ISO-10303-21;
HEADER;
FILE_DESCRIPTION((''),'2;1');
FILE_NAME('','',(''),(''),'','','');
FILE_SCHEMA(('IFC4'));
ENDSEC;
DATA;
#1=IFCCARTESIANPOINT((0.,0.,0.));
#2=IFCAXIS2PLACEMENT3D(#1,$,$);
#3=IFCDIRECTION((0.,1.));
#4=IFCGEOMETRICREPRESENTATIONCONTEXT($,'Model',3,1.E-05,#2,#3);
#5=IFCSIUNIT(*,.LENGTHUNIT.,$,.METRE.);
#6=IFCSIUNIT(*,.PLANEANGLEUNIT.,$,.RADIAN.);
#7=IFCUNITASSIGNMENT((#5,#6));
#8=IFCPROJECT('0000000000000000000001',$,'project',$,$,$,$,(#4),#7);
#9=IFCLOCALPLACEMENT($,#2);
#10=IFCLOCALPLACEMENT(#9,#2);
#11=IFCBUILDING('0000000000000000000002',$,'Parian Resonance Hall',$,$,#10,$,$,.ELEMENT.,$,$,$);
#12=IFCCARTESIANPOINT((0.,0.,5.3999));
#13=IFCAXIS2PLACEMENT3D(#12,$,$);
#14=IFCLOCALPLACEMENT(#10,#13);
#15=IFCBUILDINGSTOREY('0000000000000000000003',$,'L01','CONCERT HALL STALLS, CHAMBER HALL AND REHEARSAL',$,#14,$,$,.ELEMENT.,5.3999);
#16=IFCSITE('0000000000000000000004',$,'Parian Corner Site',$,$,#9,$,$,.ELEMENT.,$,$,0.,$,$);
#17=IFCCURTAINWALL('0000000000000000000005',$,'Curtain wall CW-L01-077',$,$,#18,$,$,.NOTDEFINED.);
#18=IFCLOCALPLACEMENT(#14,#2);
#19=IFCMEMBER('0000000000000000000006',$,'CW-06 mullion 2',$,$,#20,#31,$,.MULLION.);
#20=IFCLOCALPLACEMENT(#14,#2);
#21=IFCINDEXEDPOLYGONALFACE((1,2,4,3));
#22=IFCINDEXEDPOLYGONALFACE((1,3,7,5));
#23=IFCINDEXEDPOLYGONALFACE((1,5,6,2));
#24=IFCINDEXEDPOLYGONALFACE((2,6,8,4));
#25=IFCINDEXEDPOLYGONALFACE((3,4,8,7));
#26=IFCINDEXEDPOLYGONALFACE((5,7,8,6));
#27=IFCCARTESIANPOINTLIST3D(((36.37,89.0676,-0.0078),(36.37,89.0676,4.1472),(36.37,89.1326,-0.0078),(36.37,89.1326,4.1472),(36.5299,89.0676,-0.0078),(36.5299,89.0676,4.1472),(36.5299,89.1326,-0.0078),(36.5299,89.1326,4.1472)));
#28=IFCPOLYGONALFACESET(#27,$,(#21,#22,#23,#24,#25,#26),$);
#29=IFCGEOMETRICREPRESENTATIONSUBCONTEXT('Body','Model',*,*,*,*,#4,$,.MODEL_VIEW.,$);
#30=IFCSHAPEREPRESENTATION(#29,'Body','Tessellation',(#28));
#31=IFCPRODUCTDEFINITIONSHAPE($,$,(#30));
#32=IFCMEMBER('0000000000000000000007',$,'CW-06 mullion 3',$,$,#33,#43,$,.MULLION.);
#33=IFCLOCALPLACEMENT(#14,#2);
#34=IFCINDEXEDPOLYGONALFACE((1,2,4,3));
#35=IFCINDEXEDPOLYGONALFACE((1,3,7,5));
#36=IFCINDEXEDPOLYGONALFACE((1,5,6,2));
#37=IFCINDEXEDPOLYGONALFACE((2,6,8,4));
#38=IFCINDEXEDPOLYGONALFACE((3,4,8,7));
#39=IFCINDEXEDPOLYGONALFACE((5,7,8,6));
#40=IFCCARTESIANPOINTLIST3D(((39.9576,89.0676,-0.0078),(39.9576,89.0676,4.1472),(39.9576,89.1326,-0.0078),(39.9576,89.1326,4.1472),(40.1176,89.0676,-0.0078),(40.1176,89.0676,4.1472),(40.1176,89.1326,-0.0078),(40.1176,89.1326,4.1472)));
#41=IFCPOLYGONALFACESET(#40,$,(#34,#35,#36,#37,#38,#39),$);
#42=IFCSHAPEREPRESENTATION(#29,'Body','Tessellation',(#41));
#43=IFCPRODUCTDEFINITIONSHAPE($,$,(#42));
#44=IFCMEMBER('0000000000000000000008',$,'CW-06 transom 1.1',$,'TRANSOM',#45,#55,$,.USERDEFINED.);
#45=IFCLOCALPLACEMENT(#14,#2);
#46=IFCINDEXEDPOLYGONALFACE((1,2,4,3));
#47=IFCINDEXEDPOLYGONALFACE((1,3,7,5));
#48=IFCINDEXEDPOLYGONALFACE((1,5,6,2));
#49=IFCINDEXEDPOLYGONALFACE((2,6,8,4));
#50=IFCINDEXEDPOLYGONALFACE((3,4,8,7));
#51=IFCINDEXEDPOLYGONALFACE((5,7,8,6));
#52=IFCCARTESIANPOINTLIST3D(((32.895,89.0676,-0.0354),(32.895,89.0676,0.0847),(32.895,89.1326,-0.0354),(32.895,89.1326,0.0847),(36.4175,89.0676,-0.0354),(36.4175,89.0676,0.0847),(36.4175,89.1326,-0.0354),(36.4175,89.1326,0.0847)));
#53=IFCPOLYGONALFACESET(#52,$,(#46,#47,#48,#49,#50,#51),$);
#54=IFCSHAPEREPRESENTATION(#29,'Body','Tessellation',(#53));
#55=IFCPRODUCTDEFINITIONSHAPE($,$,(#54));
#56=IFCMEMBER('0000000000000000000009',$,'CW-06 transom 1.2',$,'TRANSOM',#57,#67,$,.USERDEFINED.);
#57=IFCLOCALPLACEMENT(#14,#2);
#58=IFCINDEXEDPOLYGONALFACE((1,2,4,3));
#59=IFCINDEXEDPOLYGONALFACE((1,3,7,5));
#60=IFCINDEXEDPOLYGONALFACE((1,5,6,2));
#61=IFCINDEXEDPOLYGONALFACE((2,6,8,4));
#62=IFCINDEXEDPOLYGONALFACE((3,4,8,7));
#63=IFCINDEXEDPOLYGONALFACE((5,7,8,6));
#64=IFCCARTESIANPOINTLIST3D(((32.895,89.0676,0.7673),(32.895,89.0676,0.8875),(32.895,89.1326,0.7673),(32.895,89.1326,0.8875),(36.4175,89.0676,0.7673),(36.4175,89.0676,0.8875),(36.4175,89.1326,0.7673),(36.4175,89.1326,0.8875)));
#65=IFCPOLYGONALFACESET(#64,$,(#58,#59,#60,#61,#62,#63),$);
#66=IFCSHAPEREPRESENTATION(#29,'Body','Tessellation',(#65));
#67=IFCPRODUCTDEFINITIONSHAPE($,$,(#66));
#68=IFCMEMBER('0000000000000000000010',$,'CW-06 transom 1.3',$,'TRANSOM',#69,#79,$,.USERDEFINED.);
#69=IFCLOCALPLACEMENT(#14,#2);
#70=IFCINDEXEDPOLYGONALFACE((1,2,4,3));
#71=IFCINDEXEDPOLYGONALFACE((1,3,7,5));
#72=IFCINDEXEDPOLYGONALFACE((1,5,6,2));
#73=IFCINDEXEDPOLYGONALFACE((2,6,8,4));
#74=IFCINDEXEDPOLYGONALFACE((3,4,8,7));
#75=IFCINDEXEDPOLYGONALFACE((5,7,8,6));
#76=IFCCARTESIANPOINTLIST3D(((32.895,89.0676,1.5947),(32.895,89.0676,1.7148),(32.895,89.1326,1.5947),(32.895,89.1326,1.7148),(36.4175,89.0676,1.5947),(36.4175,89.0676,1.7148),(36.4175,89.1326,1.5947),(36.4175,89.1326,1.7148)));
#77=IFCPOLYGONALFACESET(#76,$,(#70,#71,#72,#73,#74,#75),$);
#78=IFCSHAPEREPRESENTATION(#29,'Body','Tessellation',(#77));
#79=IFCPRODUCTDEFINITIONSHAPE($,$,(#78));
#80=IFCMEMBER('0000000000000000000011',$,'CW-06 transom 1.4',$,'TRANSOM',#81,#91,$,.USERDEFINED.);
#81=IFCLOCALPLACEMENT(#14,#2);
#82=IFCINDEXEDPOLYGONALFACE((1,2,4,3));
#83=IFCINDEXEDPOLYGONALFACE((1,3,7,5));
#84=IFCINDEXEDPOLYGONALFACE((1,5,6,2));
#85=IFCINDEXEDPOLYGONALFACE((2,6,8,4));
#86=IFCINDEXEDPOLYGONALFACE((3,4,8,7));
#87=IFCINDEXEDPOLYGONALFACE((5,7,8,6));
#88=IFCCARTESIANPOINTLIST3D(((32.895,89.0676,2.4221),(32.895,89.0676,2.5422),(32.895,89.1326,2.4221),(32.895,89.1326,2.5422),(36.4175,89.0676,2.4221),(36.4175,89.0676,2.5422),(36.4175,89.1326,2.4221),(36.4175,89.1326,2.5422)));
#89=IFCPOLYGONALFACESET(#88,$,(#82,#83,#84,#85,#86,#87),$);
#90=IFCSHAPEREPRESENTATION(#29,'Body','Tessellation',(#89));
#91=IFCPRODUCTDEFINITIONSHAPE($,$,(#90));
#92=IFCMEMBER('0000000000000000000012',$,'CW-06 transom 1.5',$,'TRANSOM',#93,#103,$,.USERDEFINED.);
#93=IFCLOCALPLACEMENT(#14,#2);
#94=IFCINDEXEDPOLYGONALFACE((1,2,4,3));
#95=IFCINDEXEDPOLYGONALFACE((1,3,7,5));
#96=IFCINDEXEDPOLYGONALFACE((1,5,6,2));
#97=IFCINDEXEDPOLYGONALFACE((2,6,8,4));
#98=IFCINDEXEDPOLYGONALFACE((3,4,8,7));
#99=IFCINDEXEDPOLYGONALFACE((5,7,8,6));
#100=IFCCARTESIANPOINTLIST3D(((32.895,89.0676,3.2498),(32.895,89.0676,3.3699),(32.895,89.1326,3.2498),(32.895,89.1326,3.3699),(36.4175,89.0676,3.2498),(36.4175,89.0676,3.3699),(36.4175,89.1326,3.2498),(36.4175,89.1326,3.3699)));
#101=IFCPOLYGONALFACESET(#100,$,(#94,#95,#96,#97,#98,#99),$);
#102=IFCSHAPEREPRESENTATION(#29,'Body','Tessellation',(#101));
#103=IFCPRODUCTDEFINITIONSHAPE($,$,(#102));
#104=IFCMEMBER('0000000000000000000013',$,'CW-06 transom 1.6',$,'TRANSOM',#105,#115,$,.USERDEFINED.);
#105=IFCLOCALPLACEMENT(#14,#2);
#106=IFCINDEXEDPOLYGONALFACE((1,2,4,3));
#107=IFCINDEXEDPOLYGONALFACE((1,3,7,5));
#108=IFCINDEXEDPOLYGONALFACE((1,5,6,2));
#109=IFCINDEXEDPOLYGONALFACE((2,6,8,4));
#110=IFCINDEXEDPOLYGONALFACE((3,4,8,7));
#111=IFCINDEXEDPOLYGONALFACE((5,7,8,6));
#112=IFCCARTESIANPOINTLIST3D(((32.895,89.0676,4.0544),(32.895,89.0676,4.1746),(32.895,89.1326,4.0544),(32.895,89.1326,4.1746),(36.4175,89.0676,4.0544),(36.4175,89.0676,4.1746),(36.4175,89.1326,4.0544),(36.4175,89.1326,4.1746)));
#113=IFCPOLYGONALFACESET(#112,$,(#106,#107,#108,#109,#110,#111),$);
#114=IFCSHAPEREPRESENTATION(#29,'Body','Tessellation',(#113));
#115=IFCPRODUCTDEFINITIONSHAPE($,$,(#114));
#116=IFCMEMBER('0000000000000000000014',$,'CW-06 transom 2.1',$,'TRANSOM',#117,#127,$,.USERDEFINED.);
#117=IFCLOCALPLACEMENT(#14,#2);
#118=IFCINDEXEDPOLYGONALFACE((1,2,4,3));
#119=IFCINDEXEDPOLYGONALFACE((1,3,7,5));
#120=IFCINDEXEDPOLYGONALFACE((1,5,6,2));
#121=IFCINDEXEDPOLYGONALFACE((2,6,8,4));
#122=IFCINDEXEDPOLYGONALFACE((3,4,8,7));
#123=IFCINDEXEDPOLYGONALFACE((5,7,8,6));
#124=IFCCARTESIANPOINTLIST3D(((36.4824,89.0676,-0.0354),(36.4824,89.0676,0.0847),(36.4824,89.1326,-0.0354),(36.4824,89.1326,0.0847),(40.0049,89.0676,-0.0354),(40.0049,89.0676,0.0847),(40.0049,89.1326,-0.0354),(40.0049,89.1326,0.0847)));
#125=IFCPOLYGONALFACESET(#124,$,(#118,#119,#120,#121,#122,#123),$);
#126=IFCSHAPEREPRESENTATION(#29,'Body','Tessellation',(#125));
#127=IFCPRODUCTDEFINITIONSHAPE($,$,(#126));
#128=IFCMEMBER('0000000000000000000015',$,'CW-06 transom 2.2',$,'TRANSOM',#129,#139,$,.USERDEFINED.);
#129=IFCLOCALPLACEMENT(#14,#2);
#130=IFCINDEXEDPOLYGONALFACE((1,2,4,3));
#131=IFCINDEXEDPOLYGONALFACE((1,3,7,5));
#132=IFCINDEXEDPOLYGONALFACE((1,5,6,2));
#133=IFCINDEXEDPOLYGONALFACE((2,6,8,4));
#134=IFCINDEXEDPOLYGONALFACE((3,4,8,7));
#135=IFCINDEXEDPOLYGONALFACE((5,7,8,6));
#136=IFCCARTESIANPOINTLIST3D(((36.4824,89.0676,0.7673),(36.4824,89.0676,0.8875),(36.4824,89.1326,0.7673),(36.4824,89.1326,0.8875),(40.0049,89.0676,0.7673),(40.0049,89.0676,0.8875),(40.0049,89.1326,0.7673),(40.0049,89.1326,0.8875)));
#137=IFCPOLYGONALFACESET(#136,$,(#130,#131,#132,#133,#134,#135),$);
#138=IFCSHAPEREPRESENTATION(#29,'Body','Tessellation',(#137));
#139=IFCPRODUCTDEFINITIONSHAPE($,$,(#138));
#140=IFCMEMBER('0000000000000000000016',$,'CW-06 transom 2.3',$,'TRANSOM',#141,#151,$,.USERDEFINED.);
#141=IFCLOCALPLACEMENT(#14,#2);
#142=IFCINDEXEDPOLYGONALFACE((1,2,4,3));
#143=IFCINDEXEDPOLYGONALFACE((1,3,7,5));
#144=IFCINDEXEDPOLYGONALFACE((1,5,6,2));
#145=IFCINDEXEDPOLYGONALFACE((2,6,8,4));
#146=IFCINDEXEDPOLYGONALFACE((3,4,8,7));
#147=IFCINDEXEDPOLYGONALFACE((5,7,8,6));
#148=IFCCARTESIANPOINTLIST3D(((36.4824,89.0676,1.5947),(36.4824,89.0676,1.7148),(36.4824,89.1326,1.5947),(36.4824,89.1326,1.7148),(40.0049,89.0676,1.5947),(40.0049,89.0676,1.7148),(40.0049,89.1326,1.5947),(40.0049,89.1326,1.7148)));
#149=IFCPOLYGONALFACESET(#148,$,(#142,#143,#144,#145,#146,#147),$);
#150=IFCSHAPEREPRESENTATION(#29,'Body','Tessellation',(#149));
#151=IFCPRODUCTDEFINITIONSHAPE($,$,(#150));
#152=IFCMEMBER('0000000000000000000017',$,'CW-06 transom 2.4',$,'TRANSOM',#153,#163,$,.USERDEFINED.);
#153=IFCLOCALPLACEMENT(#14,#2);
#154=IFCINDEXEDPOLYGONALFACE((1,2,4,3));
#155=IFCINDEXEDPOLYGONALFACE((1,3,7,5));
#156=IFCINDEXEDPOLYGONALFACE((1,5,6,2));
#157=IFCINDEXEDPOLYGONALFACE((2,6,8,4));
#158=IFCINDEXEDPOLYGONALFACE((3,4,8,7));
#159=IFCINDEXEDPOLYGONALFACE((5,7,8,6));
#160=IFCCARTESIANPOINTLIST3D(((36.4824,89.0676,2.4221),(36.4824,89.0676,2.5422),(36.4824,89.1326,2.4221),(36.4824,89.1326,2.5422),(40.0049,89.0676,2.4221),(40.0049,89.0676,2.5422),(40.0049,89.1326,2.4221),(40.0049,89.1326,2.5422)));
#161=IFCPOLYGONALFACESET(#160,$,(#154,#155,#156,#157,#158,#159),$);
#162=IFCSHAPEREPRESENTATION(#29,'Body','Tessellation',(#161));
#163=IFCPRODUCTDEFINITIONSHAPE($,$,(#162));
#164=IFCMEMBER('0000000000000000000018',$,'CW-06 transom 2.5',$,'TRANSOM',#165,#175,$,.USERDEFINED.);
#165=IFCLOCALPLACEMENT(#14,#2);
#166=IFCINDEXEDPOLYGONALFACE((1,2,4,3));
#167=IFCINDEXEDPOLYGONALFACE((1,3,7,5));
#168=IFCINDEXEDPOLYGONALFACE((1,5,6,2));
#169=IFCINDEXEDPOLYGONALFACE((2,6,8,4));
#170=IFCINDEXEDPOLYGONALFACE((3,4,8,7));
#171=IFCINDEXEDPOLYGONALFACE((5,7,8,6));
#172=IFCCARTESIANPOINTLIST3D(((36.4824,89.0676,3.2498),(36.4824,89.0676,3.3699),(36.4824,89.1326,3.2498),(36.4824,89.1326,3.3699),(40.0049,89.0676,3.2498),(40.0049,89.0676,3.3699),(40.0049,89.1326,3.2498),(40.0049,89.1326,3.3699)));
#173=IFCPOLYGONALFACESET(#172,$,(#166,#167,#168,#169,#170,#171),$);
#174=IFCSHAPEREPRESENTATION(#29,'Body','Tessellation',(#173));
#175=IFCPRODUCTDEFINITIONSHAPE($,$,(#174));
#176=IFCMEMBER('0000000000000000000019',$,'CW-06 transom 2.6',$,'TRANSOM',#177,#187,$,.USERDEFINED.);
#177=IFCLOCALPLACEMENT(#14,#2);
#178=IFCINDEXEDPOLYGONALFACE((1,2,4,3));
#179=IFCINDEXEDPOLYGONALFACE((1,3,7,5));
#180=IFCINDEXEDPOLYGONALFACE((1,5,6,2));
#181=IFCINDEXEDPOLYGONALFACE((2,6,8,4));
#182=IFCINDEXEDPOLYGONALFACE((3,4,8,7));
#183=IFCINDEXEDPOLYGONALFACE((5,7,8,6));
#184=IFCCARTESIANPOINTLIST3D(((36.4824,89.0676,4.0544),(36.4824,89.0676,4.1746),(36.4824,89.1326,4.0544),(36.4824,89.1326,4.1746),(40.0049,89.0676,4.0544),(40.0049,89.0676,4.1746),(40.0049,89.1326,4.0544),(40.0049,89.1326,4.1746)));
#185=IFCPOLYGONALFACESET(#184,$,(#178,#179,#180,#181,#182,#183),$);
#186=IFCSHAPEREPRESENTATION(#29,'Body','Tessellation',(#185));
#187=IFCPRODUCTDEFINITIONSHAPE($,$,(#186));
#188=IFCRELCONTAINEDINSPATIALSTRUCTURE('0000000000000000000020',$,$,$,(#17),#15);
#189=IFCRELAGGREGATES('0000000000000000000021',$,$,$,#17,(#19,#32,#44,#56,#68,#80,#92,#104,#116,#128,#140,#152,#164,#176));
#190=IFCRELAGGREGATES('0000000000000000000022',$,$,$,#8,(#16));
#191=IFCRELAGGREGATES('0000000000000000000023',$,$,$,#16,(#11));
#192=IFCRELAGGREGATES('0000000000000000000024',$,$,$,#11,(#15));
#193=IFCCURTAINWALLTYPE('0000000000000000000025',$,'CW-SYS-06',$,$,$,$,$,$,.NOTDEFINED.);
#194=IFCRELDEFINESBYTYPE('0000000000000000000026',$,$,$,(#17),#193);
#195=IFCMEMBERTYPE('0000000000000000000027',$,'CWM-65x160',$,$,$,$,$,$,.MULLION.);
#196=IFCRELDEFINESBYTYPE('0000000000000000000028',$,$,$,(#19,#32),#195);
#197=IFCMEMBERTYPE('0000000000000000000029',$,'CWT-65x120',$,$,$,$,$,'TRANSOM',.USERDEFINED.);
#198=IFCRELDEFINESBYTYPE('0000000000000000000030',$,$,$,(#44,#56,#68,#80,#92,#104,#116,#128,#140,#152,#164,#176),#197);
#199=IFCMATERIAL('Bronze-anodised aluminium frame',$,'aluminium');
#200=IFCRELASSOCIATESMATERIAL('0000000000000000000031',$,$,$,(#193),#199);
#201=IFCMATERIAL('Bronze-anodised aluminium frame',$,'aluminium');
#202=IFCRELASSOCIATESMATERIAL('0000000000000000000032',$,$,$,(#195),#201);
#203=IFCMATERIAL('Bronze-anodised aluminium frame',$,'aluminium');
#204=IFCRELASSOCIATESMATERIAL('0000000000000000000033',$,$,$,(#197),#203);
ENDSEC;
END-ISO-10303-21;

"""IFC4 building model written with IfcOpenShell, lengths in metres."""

from ifc_helpers import new_model, si_unit, direction, frame, origin, origin_2d, place, context, subcontext, project, spatial, rectangle, extrude, material, material_profile, profile_set, type_object, element, aggregate, save


model = new_model("IFC4")

# Units and contexts
model_context = context("Model", 3, precision=1e-05, world=origin(), true_north=direction((0.0, 1.0)))
body_context = subcontext(model_context, "Body", "Model", "MODEL_VIEW")
ifc_project = project(units=[si_unit("LENGTHUNIT", "METRE"), si_unit("PLANEANGLEUNIT", "RADIAN")], contexts=[model_context])

# Site, building, storey
site_placement = place(None, origin())
site = spatial("IfcSite", under=ifc_project, at=site_placement, Name="Parian Corner Site", CompositionType="ELEMENT", RefElevation=0.0)
building_placement = place(site_placement, origin())
building = spatial("IfcBuilding", under=site, at=building_placement, Name="Parian Resonance Hall", CompositionType="ELEMENT")
storey_placement = place(building_placement, frame((0.0, 0.0, 5.3999)))
storey = spatial("IfcBuildingStorey", under=building, at=storey_placement, Name="L01", Description="CONCERT HALL STALLS, CHAMBER HALL AND REHEARSAL", CompositionType="ELEMENT", Elevation=5.3999)

# Curtain wall, members
ifc_material_1 = material(Name="Bronze-anodised aluminium frame", Category="aluminium")
curtain_wall_type = type_object("IfcCurtainWallType", Name="CW-SYS-06", PredefinedType="NOTDEFINED", material=ifc_material_1)
curtain_wall_placement = place(storey_placement, origin())
curtain_wall = element("IfcCurtainWall", 1, at=curtain_wall_placement, inside=storey, type_object=curtain_wall_type, Name="Curtain wall CW-L01-077", PredefinedType="NOTDEFINED")
ifc_material_2 = material(Name="Bronze-anodised aluminium frame", Category="aluminium")
ifc_material_profile_1 = material_profile(ifc_material_2, rectangle(XDim=0.0649, YDim=0.1599, at=origin_2d()), Name="CWM-65x160")
ifc_profile_set_1 = profile_set([ifc_material_profile_1], Name="Bronze-anodised aluminium frame")
member_type_1 = type_object("IfcMemberType", Name="CWM-65x160", PredefinedType="MULLION", material=ifc_profile_set_1)
member_1_placement = place(storey_placement, frame((36.45, 89.1001, -0.0078), z_axis=(0.0, 0.0, 1.0), x_axis=(0.0, 1.0, 0.0)))
member_1 = element("IfcMember", 2, at=member_1_placement, type_object=member_type_1, Name="CW-06 mullion 2", PredefinedType="MULLION", context=body_context, shape_type="SweptSolid", body=[
    extrude(rectangle(XDim=0.0649, YDim=0.1599, at=origin_2d()), origin(), (0.0, 0.0, 1.0), 4.155),
])
member_2_placement = place(storey_placement, frame((40.0376, 89.1001, -0.0078), z_axis=(0.0, 0.0, 1.0), x_axis=(0.0, 1.0, 0.0)))
member_2 = element("IfcMember", 3, at=member_2_placement, type_object=member_type_1, Name="CW-06 mullion 3", PredefinedType="MULLION", context=body_context, shape_type="SweptSolid", body=[
    extrude(rectangle(XDim=0.0649, YDim=0.1599, at=origin_2d()), origin(), (0.0, 0.0, 1.0), 4.155),
])
ifc_material_3 = material(Name="Bronze-anodised aluminium frame", Category="aluminium")
ifc_material_profile_2 = material_profile(ifc_material_3, rectangle(XDim=0.0649, YDim=0.1201, at=origin_2d()), Name="CWT-65x120")
ifc_profile_set_2 = profile_set([ifc_material_profile_2], Name="Bronze-anodised aluminium frame")
member_type_2 = type_object("IfcMemberType", Name="CWT-65x120", ElementType="TRANSOM", PredefinedType="USERDEFINED", material=ifc_profile_set_2)
member_3_placement = place(storey_placement, frame((32.895, 89.1001, 0.0247), z_axis=(1.0, 0.0, 0.0), x_axis=(0.0, 1.0, 0.0)))
member_3 = element("IfcMember", 4, at=member_3_placement, type_object=member_type_2, Name="CW-06 transom 1.1", ObjectType="TRANSOM", PredefinedType="USERDEFINED", context=body_context, shape_type="SweptSolid", body=[
    extrude(rectangle(XDim=0.0649, YDim=0.1201, at=origin_2d()), origin(), (0.0, 0.0, 1.0), 3.5225),
])
member_4_placement = place(storey_placement, frame((32.895, 89.1001, 0.8274), z_axis=(1.0, 0.0, 0.0), x_axis=(0.0, 1.0, 0.0)))
member_4 = element("IfcMember", 5, at=member_4_placement, type_object=member_type_2, Name="CW-06 transom 1.2", ObjectType="TRANSOM", PredefinedType="USERDEFINED", context=body_context, shape_type="SweptSolid", body=[
    extrude(rectangle(XDim=0.0649, YDim=0.1201, at=origin_2d()), origin(), (0.0, 0.0, 1.0), 3.5225),
])
member_5_placement = place(storey_placement, frame((32.895, 89.1001, 1.6548), z_axis=(1.0, 0.0, 0.0), x_axis=(0.0, 1.0, 0.0)))
member_5 = element("IfcMember", 6, at=member_5_placement, type_object=member_type_2, Name="CW-06 transom 1.3", ObjectType="TRANSOM", PredefinedType="USERDEFINED", context=body_context, shape_type="SweptSolid", body=[
    extrude(rectangle(XDim=0.0649, YDim=0.1201, at=origin_2d()), origin(), (0.0, 0.0, 1.0), 3.5225),
])
member_6_placement = place(storey_placement, frame((32.895, 89.1001, 2.4822), z_axis=(1.0, 0.0, 0.0), x_axis=(0.0, 1.0, 0.0)))
member_6 = element("IfcMember", 7, at=member_6_placement, type_object=member_type_2, Name="CW-06 transom 1.4", ObjectType="TRANSOM", PredefinedType="USERDEFINED", context=body_context, shape_type="SweptSolid", body=[
    extrude(rectangle(XDim=0.0649, YDim=0.1201, at=origin_2d()), origin(), (0.0, 0.0, 1.0), 3.5225),
])
member_7_placement = place(storey_placement, frame((32.895, 89.1001, 3.3098), z_axis=(1.0, 0.0, 0.0), x_axis=(0.0, 1.0, 0.0)))
member_7 = element("IfcMember", 8, at=member_7_placement, type_object=member_type_2, Name="CW-06 transom 1.5", ObjectType="TRANSOM", PredefinedType="USERDEFINED", context=body_context, shape_type="SweptSolid", body=[
    extrude(rectangle(XDim=0.0649, YDim=0.1201, at=origin_2d()), origin(), (0.0, 0.0, 1.0), 3.5225),
])
member_8_placement = place(storey_placement, frame((32.895, 89.1001, 4.1145), z_axis=(1.0, 0.0, 0.0), x_axis=(0.0, 1.0, 0.0)))
member_8 = element("IfcMember", 9, at=member_8_placement, type_object=member_type_2, Name="CW-06 transom 1.6", ObjectType="TRANSOM", PredefinedType="USERDEFINED", context=body_context, shape_type="SweptSolid", body=[
    extrude(rectangle(XDim=0.0649, YDim=0.1201, at=origin_2d()), origin(), (0.0, 0.0, 1.0), 3.5225),
])
member_9_placement = place(storey_placement, frame((36.4824, 89.1001, 0.0247), z_axis=(1.0, 0.0, 0.0), x_axis=(0.0, 1.0, 0.0)))
member_9 = element("IfcMember", 10, at=member_9_placement, type_object=member_type_2, Name="CW-06 transom 2.1", ObjectType="TRANSOM", PredefinedType="USERDEFINED", context=body_context, shape_type="SweptSolid", body=[
    extrude(rectangle(XDim=0.0649, YDim=0.1201, at=origin_2d()), origin(), (0.0, 0.0, 1.0), 3.5225),
])
member_10_placement = place(storey_placement, frame((36.4824, 89.1001, 0.8274), z_axis=(1.0, 0.0, 0.0), x_axis=(0.0, 1.0, 0.0)))
member_10 = element("IfcMember", 11, at=member_10_placement, type_object=member_type_2, Name="CW-06 transom 2.2", ObjectType="TRANSOM", PredefinedType="USERDEFINED", context=body_context, shape_type="SweptSolid", body=[
    extrude(rectangle(XDim=0.0649, YDim=0.1201, at=origin_2d()), origin(), (0.0, 0.0, 1.0), 3.5225),
])
member_11_placement = place(storey_placement, frame((36.4824, 89.1001, 1.6548), z_axis=(1.0, 0.0, 0.0), x_axis=(0.0, 1.0, 0.0)))
member_11 = element("IfcMember", 12, at=member_11_placement, type_object=member_type_2, Name="CW-06 transom 2.3", ObjectType="TRANSOM", PredefinedType="USERDEFINED", context=body_context, shape_type="SweptSolid", body=[
    extrude(rectangle(XDim=0.0649, YDim=0.1201, at=origin_2d()), origin(), (0.0, 0.0, 1.0), 3.5225),
])
member_12_placement = place(storey_placement, frame((36.4824, 89.1001, 2.4822), z_axis=(1.0, 0.0, 0.0), x_axis=(0.0, 1.0, 0.0)))
member_12 = element("IfcMember", 13, at=member_12_placement, type_object=member_type_2, Name="CW-06 transom 2.4", ObjectType="TRANSOM", PredefinedType="USERDEFINED", context=body_context, shape_type="SweptSolid", body=[
    extrude(rectangle(XDim=0.0649, YDim=0.1201, at=origin_2d()), origin(), (0.0, 0.0, 1.0), 3.5225),
])
member_13_placement = place(storey_placement, frame((36.4824, 89.1001, 3.3098), z_axis=(1.0, 0.0, 0.0), x_axis=(0.0, 1.0, 0.0)))
member_13 = element("IfcMember", 14, at=member_13_placement, type_object=member_type_2, Name="CW-06 transom 2.5", ObjectType="TRANSOM", PredefinedType="USERDEFINED", context=body_context, shape_type="SweptSolid", body=[
    extrude(rectangle(XDim=0.0649, YDim=0.1201, at=origin_2d()), origin(), (0.0, 0.0, 1.0), 3.5225),
])
member_14_placement = place(storey_placement, frame((36.4824, 89.1001, 4.1145), z_axis=(1.0, 0.0, 0.0), x_axis=(0.0, 1.0, 0.0)))
member_14 = element("IfcMember", 15, at=member_14_placement, type_object=member_type_2, Name="CW-06 transom 2.6", ObjectType="TRANSOM", PredefinedType="USERDEFINED", context=body_context, shape_type="SweptSolid", body=[
    extrude(rectangle(XDim=0.0649, YDim=0.1201, at=origin_2d()), origin(), (0.0, 0.0, 1.0), 3.5225),
])
aggregate(curtain_wall, [member_1, member_2, member_3, member_4, member_5, member_6, member_7, member_8, member_9, member_10, member_11, member_12, member_13, member_14])

save(model, "model.ifc")
